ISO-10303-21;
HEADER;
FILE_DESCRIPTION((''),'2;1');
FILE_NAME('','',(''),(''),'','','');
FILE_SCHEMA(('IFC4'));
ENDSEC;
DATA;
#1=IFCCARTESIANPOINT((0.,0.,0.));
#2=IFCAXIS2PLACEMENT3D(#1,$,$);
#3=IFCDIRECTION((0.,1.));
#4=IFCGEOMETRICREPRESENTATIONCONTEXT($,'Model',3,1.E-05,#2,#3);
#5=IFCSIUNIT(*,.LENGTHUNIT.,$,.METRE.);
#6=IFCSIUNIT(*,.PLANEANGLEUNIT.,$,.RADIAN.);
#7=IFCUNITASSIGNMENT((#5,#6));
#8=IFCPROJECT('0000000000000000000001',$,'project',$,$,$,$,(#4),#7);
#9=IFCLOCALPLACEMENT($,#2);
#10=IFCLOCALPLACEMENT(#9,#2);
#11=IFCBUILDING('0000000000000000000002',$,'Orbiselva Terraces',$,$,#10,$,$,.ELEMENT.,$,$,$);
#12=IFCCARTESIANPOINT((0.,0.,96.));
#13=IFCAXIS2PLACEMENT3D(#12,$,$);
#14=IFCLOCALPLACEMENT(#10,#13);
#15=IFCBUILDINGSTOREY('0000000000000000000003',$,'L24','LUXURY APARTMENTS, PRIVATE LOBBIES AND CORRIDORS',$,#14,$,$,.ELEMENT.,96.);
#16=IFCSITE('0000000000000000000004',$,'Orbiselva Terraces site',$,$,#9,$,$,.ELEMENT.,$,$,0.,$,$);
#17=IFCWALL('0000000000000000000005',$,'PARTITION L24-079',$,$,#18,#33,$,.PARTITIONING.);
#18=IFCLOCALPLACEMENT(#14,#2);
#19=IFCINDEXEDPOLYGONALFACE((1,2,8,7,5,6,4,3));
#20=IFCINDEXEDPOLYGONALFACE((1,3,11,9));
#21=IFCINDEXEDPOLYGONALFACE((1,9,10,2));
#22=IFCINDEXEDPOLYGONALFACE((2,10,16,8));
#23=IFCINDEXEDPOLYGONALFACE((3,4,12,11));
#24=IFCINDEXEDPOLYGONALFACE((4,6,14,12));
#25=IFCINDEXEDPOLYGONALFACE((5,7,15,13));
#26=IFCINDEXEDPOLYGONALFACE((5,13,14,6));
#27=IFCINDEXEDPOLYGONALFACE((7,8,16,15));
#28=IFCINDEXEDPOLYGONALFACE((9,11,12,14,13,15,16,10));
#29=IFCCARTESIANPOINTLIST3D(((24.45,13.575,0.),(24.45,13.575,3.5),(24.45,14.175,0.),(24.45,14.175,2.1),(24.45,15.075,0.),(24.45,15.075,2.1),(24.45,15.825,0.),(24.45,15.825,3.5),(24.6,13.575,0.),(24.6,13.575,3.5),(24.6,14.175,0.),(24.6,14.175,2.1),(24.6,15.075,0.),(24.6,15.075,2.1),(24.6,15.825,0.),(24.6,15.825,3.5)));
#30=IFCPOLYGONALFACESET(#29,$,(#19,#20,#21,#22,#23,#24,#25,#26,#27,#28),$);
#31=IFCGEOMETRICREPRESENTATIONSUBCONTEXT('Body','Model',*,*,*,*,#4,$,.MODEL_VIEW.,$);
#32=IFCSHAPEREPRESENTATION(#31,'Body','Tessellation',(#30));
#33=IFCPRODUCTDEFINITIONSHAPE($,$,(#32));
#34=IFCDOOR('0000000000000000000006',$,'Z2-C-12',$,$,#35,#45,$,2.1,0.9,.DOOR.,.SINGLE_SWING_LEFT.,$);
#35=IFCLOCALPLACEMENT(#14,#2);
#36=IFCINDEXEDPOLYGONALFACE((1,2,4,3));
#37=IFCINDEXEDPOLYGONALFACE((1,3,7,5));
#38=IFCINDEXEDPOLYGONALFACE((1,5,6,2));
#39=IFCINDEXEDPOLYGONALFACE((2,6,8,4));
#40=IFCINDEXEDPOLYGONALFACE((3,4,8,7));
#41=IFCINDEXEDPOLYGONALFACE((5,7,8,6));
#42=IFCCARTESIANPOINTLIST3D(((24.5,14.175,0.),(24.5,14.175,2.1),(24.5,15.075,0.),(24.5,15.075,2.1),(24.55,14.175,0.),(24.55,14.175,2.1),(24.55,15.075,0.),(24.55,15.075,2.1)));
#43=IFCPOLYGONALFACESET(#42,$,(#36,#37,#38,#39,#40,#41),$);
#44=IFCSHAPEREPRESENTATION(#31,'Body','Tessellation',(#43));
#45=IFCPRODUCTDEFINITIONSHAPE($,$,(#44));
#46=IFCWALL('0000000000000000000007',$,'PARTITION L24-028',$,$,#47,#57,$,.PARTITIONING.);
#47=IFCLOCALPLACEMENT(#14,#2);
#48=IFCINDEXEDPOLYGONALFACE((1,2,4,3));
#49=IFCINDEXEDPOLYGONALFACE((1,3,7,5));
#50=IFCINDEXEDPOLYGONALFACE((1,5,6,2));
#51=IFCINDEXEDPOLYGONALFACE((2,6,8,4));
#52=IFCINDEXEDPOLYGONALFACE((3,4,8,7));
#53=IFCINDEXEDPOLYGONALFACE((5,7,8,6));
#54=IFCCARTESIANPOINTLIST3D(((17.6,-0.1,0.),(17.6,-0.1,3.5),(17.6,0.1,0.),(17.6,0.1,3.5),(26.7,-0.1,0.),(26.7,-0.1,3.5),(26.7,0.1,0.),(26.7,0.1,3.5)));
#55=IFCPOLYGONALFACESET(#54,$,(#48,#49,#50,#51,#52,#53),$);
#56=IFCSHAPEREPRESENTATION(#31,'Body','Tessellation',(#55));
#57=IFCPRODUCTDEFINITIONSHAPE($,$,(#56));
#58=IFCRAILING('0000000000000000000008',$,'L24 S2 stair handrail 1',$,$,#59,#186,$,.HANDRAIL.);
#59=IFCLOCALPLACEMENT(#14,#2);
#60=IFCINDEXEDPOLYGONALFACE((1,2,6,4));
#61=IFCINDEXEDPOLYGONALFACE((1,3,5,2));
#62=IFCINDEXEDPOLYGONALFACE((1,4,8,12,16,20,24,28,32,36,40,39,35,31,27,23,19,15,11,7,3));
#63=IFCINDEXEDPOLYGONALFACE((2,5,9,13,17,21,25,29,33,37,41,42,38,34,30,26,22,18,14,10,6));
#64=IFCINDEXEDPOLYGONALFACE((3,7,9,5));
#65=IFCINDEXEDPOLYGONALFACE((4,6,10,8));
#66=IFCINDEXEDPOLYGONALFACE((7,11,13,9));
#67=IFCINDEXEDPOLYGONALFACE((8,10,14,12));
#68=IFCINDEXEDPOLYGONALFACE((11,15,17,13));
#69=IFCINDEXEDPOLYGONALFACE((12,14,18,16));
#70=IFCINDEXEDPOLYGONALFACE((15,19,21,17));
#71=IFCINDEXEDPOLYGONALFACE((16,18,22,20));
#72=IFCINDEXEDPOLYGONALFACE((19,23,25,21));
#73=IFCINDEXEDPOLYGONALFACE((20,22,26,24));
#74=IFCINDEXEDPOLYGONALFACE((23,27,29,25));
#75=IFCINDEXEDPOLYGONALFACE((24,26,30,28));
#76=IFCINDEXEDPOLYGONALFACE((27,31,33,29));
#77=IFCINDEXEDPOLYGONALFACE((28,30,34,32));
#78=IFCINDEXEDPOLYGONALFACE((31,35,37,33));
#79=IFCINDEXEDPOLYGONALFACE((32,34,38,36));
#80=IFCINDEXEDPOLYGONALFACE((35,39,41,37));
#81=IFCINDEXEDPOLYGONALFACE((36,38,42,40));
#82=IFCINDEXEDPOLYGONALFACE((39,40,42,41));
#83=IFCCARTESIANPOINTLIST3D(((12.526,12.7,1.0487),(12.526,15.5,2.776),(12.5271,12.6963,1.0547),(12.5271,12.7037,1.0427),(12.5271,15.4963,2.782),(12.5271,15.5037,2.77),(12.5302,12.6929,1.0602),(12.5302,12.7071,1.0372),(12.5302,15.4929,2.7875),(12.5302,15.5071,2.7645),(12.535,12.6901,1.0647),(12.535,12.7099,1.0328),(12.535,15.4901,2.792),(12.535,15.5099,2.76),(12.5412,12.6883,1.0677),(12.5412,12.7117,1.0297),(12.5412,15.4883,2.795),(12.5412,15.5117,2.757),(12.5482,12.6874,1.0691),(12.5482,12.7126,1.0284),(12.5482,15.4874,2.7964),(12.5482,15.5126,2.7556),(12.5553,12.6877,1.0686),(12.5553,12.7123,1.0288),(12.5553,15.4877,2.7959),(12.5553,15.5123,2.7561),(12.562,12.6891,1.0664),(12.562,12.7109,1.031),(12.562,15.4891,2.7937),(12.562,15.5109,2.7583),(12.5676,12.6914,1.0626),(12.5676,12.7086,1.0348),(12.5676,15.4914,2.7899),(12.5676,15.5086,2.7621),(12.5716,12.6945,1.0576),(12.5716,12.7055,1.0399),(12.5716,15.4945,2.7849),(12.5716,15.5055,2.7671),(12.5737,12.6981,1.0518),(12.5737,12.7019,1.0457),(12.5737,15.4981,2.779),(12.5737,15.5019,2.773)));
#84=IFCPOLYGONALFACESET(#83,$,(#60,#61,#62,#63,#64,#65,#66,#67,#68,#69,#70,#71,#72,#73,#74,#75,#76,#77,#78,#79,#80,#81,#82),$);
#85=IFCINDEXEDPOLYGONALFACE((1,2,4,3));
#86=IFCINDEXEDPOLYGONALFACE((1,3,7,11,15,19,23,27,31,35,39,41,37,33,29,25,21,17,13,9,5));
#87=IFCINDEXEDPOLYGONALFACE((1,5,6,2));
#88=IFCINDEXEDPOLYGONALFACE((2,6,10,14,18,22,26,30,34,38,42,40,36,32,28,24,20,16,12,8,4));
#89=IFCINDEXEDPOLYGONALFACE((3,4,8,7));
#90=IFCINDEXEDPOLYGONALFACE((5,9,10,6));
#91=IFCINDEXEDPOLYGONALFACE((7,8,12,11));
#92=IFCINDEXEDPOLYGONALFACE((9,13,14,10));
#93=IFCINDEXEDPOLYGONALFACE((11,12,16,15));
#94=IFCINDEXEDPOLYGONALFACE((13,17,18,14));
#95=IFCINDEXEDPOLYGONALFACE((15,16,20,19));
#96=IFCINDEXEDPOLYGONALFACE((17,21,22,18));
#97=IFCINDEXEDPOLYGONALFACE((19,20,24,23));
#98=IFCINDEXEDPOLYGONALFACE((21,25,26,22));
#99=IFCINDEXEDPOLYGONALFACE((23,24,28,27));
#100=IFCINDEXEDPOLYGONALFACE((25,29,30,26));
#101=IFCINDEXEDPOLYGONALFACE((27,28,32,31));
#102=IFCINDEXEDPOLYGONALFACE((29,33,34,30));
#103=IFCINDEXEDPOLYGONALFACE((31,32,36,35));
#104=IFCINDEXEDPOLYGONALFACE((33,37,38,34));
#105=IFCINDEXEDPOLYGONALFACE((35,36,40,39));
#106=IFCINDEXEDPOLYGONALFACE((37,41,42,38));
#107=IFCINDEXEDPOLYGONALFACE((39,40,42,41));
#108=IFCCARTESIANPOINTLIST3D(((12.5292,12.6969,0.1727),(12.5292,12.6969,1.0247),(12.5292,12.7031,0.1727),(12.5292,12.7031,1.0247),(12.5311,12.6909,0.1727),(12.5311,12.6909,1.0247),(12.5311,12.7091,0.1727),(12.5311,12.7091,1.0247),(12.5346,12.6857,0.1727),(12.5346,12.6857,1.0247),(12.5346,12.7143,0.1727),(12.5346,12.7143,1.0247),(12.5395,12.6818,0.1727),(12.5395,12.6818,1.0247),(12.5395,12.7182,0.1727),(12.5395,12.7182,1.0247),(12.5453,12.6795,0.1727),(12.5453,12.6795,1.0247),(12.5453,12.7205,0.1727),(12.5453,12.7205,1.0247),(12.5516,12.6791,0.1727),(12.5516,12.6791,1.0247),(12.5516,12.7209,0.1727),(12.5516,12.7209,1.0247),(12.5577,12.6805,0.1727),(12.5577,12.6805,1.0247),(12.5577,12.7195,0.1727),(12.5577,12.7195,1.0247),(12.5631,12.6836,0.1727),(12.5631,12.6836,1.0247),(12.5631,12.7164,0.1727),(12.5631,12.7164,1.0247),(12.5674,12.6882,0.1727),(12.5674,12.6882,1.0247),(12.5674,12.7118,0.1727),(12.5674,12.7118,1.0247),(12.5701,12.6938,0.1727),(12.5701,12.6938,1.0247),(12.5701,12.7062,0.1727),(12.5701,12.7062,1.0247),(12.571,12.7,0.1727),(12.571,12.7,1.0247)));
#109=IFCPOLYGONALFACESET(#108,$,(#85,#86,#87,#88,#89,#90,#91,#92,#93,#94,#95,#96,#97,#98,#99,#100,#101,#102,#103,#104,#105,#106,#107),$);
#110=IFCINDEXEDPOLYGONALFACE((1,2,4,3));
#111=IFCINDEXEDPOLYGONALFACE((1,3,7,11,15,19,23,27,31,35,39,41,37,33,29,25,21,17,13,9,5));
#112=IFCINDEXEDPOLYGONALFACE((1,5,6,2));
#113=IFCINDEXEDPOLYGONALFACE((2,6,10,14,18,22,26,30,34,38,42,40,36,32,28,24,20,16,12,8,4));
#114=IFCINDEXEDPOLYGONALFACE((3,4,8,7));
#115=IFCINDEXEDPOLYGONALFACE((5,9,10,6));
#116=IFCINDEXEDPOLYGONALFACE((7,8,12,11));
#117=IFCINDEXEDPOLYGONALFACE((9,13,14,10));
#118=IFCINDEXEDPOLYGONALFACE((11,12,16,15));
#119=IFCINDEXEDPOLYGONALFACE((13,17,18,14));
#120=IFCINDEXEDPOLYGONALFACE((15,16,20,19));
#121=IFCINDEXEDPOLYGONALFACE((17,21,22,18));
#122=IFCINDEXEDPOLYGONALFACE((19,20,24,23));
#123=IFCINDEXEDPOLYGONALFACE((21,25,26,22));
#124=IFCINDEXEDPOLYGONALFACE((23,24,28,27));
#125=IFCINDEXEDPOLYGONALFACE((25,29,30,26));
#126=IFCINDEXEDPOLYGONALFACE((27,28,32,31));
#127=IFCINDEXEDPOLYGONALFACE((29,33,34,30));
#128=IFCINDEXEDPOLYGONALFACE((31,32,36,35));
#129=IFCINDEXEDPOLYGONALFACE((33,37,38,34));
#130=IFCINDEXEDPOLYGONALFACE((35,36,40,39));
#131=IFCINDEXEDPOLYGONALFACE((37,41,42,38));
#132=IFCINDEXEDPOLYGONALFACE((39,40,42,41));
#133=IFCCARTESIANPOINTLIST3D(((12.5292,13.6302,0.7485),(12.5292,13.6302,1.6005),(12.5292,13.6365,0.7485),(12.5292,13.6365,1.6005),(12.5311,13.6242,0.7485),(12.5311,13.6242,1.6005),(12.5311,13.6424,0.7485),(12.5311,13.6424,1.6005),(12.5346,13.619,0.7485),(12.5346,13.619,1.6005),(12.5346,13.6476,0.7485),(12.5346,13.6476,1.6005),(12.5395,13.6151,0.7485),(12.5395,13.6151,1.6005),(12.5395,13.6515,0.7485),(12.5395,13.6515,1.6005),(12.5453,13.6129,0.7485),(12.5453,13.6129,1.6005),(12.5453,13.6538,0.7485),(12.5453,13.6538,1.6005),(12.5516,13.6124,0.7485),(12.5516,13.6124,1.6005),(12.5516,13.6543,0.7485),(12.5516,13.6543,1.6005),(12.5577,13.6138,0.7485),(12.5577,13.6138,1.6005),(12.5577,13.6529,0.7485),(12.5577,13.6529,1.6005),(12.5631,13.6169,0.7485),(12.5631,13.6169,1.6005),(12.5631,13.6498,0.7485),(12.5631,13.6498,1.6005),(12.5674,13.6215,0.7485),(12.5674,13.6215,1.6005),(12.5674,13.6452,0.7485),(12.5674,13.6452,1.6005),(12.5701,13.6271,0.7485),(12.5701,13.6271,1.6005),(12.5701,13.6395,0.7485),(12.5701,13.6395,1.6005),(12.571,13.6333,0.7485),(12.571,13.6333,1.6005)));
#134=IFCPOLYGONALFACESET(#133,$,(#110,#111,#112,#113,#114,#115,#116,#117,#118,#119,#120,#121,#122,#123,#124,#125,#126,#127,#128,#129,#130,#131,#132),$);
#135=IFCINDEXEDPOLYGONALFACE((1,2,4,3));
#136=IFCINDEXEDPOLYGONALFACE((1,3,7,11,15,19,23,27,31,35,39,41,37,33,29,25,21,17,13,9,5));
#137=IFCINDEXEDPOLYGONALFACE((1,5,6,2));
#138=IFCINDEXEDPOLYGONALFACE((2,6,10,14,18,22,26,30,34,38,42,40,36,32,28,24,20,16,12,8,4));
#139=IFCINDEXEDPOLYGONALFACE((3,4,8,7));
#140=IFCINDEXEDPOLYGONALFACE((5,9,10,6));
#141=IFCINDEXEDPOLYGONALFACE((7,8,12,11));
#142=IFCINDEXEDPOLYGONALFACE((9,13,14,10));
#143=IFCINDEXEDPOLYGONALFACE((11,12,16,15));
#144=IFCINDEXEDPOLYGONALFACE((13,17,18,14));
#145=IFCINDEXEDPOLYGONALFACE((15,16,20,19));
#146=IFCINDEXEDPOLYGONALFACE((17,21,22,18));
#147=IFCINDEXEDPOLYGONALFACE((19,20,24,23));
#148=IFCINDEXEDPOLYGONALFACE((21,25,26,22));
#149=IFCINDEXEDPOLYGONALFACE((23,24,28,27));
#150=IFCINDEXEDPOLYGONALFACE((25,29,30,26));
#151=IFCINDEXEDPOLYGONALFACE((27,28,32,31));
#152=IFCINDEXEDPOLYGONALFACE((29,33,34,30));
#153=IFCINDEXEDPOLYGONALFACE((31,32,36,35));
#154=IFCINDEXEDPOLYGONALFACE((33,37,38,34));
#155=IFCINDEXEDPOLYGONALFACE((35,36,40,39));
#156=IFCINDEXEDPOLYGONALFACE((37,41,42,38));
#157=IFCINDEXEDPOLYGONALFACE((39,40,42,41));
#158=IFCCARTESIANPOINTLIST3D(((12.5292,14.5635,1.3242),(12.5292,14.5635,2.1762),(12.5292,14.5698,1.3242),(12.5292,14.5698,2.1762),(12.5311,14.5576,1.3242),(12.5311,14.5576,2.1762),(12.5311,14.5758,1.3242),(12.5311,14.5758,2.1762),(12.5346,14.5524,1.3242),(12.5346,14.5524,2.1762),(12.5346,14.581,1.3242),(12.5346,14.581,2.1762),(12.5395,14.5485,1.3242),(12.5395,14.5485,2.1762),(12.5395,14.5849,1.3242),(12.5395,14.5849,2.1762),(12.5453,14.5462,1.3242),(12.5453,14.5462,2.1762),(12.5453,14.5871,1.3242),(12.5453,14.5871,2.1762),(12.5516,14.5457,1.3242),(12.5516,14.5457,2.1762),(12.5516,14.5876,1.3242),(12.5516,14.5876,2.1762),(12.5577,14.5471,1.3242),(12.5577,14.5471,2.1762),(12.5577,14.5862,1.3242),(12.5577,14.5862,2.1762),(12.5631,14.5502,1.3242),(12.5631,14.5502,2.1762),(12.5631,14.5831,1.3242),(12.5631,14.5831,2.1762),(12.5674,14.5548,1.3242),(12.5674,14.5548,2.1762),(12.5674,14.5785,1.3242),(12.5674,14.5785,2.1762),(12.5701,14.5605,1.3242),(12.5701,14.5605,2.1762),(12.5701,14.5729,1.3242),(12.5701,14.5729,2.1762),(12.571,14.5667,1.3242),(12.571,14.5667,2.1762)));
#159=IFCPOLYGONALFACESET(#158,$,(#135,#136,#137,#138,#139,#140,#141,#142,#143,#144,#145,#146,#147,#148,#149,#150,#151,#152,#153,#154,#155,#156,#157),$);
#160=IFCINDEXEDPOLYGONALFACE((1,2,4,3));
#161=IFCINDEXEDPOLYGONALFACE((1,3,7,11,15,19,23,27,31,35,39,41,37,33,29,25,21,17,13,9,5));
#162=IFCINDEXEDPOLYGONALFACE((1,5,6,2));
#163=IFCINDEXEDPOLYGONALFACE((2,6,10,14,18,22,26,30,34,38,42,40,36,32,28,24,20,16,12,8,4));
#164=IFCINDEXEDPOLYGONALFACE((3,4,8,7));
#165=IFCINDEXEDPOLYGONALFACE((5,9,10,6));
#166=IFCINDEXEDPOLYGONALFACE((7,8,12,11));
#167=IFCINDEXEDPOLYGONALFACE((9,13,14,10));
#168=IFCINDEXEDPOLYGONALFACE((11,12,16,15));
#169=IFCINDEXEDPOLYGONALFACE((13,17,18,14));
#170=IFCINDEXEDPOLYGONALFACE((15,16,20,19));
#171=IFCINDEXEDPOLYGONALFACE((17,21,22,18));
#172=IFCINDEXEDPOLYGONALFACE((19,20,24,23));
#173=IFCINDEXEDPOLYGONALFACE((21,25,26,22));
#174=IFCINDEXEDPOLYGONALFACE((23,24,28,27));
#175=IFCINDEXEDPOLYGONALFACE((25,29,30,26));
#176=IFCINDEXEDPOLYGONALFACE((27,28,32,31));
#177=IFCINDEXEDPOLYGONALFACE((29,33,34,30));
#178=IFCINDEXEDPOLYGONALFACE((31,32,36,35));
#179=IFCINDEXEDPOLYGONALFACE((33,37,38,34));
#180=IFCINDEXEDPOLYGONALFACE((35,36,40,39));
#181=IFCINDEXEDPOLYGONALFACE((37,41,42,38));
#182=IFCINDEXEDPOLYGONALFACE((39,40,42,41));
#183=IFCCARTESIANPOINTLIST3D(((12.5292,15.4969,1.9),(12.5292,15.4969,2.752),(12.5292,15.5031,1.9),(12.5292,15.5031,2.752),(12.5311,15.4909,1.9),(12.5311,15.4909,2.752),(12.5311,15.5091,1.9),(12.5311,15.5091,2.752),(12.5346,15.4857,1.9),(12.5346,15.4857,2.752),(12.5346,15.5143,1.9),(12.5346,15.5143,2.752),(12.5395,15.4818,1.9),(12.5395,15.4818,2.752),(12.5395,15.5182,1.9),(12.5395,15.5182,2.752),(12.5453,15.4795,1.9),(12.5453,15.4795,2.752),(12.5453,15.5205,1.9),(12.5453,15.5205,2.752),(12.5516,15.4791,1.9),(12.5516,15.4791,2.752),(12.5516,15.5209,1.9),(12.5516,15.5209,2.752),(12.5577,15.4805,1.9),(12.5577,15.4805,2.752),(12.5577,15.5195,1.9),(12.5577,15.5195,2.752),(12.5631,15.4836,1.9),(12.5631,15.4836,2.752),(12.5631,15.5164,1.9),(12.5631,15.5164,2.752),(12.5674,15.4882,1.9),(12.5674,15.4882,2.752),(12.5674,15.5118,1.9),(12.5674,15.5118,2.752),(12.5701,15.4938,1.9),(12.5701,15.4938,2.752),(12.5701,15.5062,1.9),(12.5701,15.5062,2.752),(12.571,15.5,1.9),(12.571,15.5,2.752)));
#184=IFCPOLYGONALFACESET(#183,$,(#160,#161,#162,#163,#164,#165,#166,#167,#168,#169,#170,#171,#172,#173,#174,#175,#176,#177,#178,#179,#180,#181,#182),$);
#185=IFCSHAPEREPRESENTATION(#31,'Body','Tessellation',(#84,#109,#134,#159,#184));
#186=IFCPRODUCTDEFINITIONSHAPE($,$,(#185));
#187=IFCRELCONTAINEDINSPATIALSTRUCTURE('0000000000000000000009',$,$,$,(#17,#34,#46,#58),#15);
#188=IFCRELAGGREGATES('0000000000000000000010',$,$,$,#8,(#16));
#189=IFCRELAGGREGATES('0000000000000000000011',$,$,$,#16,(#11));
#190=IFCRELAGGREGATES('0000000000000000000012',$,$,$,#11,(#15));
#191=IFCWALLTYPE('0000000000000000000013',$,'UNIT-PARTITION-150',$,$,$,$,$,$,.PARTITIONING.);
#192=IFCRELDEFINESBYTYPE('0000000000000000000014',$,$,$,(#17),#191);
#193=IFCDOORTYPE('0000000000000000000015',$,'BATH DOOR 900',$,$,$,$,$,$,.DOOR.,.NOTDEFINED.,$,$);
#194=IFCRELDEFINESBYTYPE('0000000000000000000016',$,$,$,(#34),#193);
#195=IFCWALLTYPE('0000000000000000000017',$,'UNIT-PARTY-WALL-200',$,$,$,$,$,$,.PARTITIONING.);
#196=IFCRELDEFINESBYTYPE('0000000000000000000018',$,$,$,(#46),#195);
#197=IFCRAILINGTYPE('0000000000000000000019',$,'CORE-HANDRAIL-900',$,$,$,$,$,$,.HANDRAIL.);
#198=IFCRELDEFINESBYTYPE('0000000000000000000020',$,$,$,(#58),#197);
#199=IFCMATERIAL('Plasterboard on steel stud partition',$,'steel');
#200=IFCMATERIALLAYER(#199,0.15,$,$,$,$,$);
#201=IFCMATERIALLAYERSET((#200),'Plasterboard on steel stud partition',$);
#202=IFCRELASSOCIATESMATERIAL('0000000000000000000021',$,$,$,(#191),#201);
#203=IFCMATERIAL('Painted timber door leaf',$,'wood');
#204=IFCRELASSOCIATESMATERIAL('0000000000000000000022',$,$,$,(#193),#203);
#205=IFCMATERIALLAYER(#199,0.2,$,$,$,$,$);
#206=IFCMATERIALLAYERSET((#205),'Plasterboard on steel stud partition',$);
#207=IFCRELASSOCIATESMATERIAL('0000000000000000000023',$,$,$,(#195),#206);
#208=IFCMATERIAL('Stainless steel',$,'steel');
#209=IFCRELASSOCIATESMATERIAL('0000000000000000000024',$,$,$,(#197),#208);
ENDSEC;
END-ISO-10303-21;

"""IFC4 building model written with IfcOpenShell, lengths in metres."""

from ifc_helpers import new_model, si_unit, direction, frame, frame_2d, origin, origin_2d, place, context, subcontext, project, spatial, rectangle, circle, extrude, material, layer, layer_set, type_object, element, fill, save


model = new_model("IFC4")

# Units and contexts
model_context = context("Model", 3, precision=1e-05, world=origin(), true_north=direction((0.0, 1.0)))
body_context = subcontext(model_context, "Body", "Model", "MODEL_VIEW")
ifc_project = project(units=[si_unit("LENGTHUNIT", "METRE"), si_unit("PLANEANGLEUNIT", "RADIAN")], contexts=[model_context])

# Site, building, storey
site_placement = place(None, origin())
site = spatial("IfcSite", under=ifc_project, at=site_placement, Name="Orbiselva Terraces site", CompositionType="ELEMENT", RefElevation=0.0)
building_placement = place(site_placement, origin())
building = spatial("IfcBuilding", under=site, at=building_placement, Name="Orbiselva Terraces", CompositionType="ELEMENT")
storey_placement = place(building_placement, frame((0.0, 0.0, 96.0)))
storey = spatial("IfcBuildingStorey", under=building, at=storey_placement, Name="L24", Description="LUXURY APARTMENTS, PRIVATE LOBBIES AND CORRIDORS", CompositionType="ELEMENT", Elevation=96.0)

# Shared definitions
ifc_material_1 = material(Name="Plasterboard on steel stud partition", Category="steel")
ifc_material_2 = material(Name="Painted timber door leaf", Category="wood")

# Shared definitions
ifc_layer_1 = layer(ifc_material_1, 0.15)
ifc_layer_set_1 = layer_set([ifc_layer_1], Name="Plasterboard on steel stud partition")
wall_type_1 = type_object("IfcWallType", Name="UNIT-PARTITION-150", PredefinedType="PARTITIONING", material=ifc_layer_set_1)
door_type_1 = type_object("IfcDoorType", Name="BATH DOOR 900", OperationType="NOTDEFINED", PredefinedType="DOOR", material=ifc_material_2)

# Wall, opening, door
wall_1_placement = place(storey_placement, frame((24.525, 13.575, 0.0), z_axis=(0.0, 0.0, 1.0), x_axis=(0.0, 1.0, 0.0)))
wall_1 = element("IfcWall", 1, at=wall_1_placement, inside=storey, type_object=wall_type_1, Name="PARTITION L24-079", PredefinedType="PARTITIONING", context=body_context, shape_type="SweptSolid", body=[
    extrude(rectangle(XDim=2.25, YDim=0.15, at=frame_2d((1.125, 0.0))), origin(), (0.0, 0.0, 1.0), 3.5),
])
opening_1_placement = place(wall_1_placement, frame((0.6, 0.0, 0.0)))
opening_1 = element("IfcOpeningElement", 2, at=opening_1_placement, cuts=wall_1, PredefinedType="OPENING", context=body_context, shape_type="SweptSolid", body=[
    extrude(rectangle(XDim=0.9, YDim=2.1, at=frame_2d((0.45, 1.05))), frame((0.0, 0.085, 0.0), z_axis=(0.0, -1.0, 0.0), x_axis=(1.0, 0.0, 0.0)), (0.0, 0.0, 1.0), 0.17),
])
door_1_placement = place(opening_1_placement, origin())
door_1 = element("IfcDoor", 3, at=door_1_placement, inside=storey, type_object=door_type_1, Name="Z2-C-12", OperationType="SINGLE_SWING_LEFT", OverallHeight=2.1, OverallWidth=0.9, PredefinedType="DOOR", context=body_context, shape_type="SweptSolid", body=[
    extrude(rectangle(XDim=0.9, YDim=2.1, at=frame_2d((0.45, 1.05))), frame((0.0, 0.025, 0.0), z_axis=(0.0, -1.0, 0.0), x_axis=(1.0, 0.0, 0.0)), (0.0, 0.0, 1.0), 0.05),
])
fill(opening_1, door_1)

# Wall
ifc_layer_2 = layer(ifc_material_1, 0.2)
ifc_layer_set_2 = layer_set([ifc_layer_2], Name="Plasterboard on steel stud partition")
wall_type_2 = type_object("IfcWallType", Name="UNIT-PARTY-WALL-200", PredefinedType="PARTITIONING", material=ifc_layer_set_2)
wall_2_placement = place(storey_placement, frame((17.6, 0.0, 0.0), z_axis=(0.0, 0.0, 1.0), x_axis=(1.0, 0.0, 0.0)))
element("IfcWall", 4, at=wall_2_placement, inside=storey, type_object=wall_type_2, Name="PARTITION L24-028", PredefinedType="PARTITIONING", context=body_context, shape_type="SweptSolid", body=[
    extrude(rectangle(XDim=9.1, YDim=0.2, at=frame_2d((4.55, 0.0))), origin(), (0.0, 0.0, 1.0), 3.5),
])

# Railing
ifc_material_3 = material(Name="Stainless steel", Category="steel")
railing_type = type_object("IfcRailingType", Name="CORE-HANDRAIL-900", PredefinedType="HANDRAIL", material=ifc_material_3)
railing_placement = place(storey_placement, frame((12.55, 12.7, 0.1727)))
element("IfcRailing", 5, at=railing_placement, inside=storey, type_object=railing_type, Name="L24 S2 stair handrail 1", PredefinedType="HANDRAIL", context=body_context, shape_type="SweptSolid", body=[
    extrude(circle(Radius=0.024, at=origin_2d()), frame((0.0, 0.0, 0.876), z_axis=(0.0, 0.851089, 0.525022), x_axis=(-1.0, 0.0, 0.0)), (0.0, 0.0, 1.0), 3.2899),
    extrude(circle(Radius=0.021, at=origin_2d()), origin(), (0.0, 0.0, 1.0), 0.852),
    extrude(circle(Radius=0.021, at=origin_2d()), frame((0.0, 0.9333, 0.5758)), (0.0, 0.0, 1.0), 0.852),
    extrude(circle(Radius=0.021, at=origin_2d()), frame((0.0, 1.8667, 1.1515)), (0.0, 0.0, 1.0), 0.852),
    extrude(circle(Radius=0.021, at=origin_2d()), frame((0.0, 2.8, 1.7273)), (0.0, 0.0, 1.0), 0.852),
])

save(model, "model.ifc")
